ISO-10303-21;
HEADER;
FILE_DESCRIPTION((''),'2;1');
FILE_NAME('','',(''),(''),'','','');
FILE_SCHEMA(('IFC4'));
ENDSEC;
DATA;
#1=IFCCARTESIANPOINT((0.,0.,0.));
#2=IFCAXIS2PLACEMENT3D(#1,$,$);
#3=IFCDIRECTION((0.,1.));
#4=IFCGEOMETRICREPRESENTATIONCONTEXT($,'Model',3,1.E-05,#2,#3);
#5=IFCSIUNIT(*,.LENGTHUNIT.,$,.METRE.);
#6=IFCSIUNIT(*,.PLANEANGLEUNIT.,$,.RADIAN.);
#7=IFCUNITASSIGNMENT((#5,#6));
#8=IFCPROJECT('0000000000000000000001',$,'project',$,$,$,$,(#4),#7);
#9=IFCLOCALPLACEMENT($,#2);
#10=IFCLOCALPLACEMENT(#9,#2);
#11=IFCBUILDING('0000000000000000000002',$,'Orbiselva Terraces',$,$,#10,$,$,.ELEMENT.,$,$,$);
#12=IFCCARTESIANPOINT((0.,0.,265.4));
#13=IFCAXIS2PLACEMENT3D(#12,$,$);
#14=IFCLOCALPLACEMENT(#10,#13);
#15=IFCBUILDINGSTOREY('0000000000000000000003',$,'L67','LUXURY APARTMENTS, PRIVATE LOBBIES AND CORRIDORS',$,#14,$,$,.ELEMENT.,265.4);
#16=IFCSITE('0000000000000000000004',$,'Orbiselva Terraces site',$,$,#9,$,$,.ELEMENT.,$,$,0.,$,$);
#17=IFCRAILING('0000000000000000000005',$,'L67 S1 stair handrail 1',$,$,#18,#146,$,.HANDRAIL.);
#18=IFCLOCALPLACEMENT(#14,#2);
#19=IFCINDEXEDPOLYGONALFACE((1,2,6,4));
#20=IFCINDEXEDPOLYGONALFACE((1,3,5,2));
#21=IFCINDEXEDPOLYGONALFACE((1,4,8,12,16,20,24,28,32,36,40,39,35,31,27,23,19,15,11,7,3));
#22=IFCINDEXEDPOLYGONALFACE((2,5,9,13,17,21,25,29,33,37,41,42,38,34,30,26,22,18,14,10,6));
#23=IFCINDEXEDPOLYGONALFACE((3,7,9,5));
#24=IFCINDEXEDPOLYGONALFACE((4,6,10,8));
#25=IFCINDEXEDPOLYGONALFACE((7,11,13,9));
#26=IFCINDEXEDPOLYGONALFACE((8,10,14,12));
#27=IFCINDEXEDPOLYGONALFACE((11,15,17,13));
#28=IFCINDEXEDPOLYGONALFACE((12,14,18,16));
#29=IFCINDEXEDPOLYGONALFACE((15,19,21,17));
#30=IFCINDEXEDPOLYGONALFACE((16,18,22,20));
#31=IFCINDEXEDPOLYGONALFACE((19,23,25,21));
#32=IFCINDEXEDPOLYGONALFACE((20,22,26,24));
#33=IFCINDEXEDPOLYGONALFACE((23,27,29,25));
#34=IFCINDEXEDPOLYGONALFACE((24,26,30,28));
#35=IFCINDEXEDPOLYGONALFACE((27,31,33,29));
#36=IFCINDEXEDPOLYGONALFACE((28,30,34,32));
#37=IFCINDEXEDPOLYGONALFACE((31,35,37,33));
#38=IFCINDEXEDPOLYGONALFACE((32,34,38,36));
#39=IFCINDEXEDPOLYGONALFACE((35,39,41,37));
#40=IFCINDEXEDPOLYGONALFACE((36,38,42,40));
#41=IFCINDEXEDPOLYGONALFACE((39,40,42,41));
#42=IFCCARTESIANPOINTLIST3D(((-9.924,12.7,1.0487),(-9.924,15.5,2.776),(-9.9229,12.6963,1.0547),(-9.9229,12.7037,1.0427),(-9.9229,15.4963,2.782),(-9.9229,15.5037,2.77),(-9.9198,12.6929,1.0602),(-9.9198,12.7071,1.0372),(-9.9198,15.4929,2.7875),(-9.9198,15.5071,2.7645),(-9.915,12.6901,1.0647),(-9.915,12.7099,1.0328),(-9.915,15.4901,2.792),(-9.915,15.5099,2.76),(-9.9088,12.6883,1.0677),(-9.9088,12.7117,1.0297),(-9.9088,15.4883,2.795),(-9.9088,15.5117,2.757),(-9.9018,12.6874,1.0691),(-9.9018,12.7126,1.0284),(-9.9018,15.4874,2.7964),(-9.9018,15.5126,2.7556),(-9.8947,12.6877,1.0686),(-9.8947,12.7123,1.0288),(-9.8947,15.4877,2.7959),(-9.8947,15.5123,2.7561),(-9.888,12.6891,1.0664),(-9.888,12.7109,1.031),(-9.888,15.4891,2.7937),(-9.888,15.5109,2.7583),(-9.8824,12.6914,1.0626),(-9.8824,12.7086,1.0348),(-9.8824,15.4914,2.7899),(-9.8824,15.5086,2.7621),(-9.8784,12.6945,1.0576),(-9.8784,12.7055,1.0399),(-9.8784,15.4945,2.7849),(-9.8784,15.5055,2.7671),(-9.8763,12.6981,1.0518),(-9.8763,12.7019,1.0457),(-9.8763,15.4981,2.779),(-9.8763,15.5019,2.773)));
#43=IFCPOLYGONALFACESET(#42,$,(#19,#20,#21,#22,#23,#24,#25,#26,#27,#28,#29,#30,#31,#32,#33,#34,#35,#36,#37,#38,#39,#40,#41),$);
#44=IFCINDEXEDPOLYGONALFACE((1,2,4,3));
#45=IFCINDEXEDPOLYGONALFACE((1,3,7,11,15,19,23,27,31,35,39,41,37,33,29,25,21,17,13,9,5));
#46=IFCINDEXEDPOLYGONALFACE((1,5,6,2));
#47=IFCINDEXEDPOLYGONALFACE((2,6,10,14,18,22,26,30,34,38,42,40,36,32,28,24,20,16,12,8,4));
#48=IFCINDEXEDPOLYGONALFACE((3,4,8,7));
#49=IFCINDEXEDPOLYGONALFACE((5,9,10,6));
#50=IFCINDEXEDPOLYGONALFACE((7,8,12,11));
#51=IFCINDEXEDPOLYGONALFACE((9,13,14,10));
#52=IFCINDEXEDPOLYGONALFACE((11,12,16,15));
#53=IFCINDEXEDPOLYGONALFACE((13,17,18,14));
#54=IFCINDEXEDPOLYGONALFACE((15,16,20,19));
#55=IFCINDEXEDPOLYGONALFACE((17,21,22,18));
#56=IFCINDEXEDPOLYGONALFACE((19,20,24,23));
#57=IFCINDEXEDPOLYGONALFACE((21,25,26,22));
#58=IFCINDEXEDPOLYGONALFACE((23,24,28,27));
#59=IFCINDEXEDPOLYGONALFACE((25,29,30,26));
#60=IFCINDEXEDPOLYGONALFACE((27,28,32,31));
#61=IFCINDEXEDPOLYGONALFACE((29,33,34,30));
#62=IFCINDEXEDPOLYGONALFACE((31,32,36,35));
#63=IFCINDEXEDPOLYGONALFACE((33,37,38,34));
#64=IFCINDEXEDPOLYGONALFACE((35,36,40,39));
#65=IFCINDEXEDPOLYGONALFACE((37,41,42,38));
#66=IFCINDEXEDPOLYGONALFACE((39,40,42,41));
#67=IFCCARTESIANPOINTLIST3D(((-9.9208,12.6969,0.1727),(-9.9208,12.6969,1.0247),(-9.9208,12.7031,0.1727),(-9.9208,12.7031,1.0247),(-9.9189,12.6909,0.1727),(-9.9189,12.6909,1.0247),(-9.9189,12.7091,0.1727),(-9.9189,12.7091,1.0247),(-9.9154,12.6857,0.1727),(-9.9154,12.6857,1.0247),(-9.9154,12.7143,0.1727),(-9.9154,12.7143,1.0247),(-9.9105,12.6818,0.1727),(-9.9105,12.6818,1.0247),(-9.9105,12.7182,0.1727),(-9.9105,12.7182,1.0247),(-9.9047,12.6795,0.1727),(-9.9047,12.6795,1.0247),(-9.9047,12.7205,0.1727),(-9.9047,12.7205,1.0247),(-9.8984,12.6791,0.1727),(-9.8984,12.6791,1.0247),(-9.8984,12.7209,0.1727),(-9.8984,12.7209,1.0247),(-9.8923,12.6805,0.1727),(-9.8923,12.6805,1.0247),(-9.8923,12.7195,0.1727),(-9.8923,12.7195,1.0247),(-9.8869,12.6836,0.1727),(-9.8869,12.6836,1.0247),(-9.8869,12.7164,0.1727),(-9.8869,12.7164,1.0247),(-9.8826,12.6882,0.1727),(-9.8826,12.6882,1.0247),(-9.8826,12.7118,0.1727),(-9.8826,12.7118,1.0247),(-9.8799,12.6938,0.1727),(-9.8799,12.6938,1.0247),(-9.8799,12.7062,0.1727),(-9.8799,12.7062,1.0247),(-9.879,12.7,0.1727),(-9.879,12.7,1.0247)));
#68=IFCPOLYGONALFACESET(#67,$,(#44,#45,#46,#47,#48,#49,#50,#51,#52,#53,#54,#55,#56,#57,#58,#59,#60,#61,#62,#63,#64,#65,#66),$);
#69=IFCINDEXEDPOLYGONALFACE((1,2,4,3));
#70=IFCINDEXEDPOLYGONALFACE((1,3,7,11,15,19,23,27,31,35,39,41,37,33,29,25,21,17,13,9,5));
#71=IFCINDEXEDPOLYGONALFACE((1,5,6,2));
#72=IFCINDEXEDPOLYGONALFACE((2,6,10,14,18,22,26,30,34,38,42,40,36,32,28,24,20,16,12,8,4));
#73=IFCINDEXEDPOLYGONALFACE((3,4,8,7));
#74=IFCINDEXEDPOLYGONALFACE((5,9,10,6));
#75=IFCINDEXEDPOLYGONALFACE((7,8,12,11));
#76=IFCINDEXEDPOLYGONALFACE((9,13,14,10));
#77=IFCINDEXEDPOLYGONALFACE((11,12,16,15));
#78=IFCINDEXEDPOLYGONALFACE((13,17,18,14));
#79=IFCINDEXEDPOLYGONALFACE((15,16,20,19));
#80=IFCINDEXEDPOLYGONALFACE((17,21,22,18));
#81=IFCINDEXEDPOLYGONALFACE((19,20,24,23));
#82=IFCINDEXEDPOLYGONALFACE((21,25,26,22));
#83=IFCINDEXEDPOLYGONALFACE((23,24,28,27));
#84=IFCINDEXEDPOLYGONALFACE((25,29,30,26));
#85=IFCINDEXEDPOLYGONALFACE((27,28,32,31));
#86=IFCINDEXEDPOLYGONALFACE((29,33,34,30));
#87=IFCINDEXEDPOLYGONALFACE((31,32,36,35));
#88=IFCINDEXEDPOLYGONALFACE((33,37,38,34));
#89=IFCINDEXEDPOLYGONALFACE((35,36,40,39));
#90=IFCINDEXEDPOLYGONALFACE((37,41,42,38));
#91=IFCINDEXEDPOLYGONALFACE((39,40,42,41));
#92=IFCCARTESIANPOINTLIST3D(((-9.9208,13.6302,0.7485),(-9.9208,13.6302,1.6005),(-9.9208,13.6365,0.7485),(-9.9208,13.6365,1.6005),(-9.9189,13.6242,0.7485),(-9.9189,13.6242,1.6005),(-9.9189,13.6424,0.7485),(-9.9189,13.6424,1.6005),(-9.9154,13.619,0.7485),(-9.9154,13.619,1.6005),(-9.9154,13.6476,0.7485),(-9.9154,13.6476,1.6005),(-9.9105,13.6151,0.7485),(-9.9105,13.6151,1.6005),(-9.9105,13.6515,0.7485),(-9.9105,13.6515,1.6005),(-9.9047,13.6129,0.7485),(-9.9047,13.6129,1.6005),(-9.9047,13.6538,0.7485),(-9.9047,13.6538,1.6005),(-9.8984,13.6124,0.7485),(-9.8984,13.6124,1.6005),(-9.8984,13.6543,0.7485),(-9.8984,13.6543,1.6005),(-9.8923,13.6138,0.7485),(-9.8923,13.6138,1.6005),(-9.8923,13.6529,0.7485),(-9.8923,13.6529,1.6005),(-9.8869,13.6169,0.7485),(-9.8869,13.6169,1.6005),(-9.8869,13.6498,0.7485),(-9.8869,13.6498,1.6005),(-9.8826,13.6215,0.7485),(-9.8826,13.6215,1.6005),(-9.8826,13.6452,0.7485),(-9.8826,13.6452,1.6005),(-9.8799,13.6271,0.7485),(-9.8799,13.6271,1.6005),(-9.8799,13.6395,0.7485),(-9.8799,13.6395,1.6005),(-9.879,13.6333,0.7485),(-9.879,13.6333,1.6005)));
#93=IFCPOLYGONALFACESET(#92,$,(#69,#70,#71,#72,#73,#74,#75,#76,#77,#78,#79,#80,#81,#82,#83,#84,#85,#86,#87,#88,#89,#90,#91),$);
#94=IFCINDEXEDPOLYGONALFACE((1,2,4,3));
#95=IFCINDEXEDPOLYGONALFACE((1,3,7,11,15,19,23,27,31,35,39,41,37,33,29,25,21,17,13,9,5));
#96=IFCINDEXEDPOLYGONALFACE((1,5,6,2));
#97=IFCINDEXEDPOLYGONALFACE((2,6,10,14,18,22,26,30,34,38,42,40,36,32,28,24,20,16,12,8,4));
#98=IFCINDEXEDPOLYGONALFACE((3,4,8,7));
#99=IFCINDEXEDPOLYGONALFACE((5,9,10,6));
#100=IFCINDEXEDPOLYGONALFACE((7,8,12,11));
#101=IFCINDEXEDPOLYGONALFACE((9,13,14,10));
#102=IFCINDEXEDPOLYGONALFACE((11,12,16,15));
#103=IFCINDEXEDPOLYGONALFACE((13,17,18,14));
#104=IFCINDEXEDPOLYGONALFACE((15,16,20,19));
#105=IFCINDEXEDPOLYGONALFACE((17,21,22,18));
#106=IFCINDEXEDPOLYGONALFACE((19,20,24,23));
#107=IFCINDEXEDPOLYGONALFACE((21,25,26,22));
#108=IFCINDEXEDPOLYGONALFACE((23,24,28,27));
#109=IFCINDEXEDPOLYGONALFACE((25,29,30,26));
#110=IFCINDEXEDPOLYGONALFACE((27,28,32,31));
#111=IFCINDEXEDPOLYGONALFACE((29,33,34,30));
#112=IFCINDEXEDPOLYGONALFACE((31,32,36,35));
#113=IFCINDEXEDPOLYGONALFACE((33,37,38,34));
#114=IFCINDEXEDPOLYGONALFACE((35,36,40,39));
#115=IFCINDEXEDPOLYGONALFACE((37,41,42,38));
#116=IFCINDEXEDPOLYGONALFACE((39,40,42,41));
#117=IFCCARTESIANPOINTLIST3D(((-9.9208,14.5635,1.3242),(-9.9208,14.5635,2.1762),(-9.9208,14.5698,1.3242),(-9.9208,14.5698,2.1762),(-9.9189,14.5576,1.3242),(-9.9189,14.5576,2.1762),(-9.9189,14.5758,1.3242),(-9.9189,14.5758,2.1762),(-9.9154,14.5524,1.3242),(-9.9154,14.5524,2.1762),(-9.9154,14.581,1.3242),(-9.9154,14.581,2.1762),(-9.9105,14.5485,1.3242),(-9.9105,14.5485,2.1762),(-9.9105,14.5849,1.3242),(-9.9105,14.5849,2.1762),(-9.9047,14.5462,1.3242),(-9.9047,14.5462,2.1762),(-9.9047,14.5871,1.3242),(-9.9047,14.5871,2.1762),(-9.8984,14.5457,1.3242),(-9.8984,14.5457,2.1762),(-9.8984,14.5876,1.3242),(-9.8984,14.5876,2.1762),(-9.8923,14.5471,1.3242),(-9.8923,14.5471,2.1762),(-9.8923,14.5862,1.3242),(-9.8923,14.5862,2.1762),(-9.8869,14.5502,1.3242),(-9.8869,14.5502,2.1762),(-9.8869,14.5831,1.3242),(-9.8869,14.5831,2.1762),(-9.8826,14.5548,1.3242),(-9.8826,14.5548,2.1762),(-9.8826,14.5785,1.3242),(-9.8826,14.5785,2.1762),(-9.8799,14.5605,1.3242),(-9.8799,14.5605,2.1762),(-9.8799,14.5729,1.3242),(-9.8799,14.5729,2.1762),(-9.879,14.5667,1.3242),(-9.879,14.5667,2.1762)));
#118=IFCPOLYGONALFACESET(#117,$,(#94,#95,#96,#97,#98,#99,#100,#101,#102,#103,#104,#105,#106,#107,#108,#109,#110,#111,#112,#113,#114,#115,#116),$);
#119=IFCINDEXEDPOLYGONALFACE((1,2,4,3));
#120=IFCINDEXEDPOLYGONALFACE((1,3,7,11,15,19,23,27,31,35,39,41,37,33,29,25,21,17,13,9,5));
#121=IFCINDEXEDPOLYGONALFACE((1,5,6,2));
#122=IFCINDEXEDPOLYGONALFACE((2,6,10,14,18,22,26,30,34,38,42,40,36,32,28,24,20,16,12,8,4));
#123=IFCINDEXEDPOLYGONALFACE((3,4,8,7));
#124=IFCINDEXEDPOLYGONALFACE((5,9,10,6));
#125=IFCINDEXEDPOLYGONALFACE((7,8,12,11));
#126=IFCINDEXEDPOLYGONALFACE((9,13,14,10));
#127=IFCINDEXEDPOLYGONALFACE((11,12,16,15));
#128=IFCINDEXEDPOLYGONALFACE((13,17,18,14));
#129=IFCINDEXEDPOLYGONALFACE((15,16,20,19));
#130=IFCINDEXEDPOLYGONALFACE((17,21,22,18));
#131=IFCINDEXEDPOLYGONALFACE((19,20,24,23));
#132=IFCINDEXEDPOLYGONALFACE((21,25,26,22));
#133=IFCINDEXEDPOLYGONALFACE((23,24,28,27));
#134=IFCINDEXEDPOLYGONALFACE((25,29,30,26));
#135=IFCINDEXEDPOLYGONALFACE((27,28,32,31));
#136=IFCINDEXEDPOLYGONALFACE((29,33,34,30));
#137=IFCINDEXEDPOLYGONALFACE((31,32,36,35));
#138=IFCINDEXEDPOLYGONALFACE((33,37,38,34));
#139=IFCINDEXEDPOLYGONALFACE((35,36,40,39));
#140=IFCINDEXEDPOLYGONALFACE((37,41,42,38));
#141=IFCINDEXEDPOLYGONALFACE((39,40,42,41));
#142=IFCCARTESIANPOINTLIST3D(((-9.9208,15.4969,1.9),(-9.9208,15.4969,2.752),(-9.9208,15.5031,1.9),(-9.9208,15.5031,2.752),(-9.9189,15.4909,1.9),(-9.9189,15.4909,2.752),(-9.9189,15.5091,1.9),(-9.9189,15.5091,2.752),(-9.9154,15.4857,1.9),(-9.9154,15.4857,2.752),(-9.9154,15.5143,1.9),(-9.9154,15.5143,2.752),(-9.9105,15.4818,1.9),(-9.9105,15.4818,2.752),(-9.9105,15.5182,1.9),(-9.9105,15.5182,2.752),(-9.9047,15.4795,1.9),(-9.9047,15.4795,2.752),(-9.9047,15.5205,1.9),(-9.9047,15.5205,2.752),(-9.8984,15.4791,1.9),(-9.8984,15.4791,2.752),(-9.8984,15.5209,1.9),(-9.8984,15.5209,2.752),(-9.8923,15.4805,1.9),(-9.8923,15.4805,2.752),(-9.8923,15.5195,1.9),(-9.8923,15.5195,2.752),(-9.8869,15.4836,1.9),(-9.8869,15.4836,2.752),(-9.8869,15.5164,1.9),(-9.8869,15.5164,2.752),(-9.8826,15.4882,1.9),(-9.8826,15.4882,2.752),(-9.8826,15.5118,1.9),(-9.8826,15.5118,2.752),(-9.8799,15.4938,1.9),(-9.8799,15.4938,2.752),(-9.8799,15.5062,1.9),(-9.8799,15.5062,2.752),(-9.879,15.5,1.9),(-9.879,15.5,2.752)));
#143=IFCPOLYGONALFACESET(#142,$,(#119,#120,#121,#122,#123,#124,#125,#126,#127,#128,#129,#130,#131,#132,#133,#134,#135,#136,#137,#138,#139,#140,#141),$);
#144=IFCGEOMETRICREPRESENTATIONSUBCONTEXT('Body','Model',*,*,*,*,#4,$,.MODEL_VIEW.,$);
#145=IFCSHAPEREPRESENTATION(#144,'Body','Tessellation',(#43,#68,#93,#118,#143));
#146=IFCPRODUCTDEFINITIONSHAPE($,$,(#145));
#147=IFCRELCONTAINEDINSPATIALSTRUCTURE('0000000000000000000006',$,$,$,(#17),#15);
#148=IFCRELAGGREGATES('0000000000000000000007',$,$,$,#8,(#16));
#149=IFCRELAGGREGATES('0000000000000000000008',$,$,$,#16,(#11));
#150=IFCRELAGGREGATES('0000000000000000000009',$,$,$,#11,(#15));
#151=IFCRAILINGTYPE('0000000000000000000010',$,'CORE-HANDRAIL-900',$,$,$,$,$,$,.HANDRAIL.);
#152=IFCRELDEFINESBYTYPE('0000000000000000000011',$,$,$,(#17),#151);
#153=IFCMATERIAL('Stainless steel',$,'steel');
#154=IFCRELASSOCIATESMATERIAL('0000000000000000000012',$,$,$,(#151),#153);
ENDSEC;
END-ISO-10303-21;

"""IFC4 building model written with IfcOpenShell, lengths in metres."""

from ifc_helpers import new_model, si_unit, direction, frame, origin, origin_2d, place, context, subcontext, project, spatial, circle, extrude, material, type_object, element, save


model = new_model("IFC4")

# Units and contexts
model_context = context("Model", 3, precision=1e-05, world=origin(), true_north=direction((0.0, 1.0)))
body_context = subcontext(model_context, "Body", "Model", "MODEL_VIEW")
ifc_project = project(units=[si_unit("LENGTHUNIT", "METRE"), si_unit("PLANEANGLEUNIT", "RADIAN")], contexts=[model_context])

# Site, building, storey
site_placement = place(None, origin())
site = spatial("IfcSite", under=ifc_project, at=site_placement, Name="Orbiselva Terraces site", CompositionType="ELEMENT", RefElevation=0.0)
building_placement = place(site_placement, origin())
building = spatial("IfcBuilding", under=site, at=building_placement, Name="Orbiselva Terraces", CompositionType="ELEMENT")
storey_placement = place(building_placement, frame((0.0, 0.0, 265.4)))
storey = spatial("IfcBuildingStorey", under=building, at=storey_placement, Name="L67", Description="LUXURY APARTMENTS, PRIVATE LOBBIES AND CORRIDORS", CompositionType="ELEMENT", Elevation=265.4)

# Railing
ifc_material_1 = material(Name="Stainless steel", Category="steel")
railing_type = type_object("IfcRailingType", Name="CORE-HANDRAIL-900", PredefinedType="HANDRAIL", material=ifc_material_1)
railing_1_placement = place(storey_placement, frame((-9.9, 12.7, 0.1727)))
element("IfcRailing", 1, at=railing_1_placement, inside=storey, type_object=railing_type, Name="L67 S1 stair handrail 1", PredefinedType="HANDRAIL", context=body_context, shape_type="SweptSolid", body=[
    extrude(circle(Radius=0.024, at=origin_2d()), frame((0.0, 0.0, 0.876), z_axis=(0.0, 0.851089, 0.525022), x_axis=(-1.0, 0.0, 0.0)), (0.0, 0.0, 1.0), 3.2899),
    extrude(circle(Radius=0.021, at=origin_2d()), origin(), (0.0, 0.0, 1.0), 0.852),
    extrude(circle(Radius=0.021, at=origin_2d()), frame((0.0, 0.9333, 0.5758)), (0.0, 0.0, 1.0), 0.852),
    extrude(circle(Radius=0.021, at=origin_2d()), frame((0.0, 1.8667, 1.1515)), (0.0, 0.0, 1.0), 0.852),
    extrude(circle(Radius=0.021, at=origin_2d()), frame((0.0, 2.8, 1.7273)), (0.0, 0.0, 1.0), 0.852),
])

save(model, "model.ifc")
